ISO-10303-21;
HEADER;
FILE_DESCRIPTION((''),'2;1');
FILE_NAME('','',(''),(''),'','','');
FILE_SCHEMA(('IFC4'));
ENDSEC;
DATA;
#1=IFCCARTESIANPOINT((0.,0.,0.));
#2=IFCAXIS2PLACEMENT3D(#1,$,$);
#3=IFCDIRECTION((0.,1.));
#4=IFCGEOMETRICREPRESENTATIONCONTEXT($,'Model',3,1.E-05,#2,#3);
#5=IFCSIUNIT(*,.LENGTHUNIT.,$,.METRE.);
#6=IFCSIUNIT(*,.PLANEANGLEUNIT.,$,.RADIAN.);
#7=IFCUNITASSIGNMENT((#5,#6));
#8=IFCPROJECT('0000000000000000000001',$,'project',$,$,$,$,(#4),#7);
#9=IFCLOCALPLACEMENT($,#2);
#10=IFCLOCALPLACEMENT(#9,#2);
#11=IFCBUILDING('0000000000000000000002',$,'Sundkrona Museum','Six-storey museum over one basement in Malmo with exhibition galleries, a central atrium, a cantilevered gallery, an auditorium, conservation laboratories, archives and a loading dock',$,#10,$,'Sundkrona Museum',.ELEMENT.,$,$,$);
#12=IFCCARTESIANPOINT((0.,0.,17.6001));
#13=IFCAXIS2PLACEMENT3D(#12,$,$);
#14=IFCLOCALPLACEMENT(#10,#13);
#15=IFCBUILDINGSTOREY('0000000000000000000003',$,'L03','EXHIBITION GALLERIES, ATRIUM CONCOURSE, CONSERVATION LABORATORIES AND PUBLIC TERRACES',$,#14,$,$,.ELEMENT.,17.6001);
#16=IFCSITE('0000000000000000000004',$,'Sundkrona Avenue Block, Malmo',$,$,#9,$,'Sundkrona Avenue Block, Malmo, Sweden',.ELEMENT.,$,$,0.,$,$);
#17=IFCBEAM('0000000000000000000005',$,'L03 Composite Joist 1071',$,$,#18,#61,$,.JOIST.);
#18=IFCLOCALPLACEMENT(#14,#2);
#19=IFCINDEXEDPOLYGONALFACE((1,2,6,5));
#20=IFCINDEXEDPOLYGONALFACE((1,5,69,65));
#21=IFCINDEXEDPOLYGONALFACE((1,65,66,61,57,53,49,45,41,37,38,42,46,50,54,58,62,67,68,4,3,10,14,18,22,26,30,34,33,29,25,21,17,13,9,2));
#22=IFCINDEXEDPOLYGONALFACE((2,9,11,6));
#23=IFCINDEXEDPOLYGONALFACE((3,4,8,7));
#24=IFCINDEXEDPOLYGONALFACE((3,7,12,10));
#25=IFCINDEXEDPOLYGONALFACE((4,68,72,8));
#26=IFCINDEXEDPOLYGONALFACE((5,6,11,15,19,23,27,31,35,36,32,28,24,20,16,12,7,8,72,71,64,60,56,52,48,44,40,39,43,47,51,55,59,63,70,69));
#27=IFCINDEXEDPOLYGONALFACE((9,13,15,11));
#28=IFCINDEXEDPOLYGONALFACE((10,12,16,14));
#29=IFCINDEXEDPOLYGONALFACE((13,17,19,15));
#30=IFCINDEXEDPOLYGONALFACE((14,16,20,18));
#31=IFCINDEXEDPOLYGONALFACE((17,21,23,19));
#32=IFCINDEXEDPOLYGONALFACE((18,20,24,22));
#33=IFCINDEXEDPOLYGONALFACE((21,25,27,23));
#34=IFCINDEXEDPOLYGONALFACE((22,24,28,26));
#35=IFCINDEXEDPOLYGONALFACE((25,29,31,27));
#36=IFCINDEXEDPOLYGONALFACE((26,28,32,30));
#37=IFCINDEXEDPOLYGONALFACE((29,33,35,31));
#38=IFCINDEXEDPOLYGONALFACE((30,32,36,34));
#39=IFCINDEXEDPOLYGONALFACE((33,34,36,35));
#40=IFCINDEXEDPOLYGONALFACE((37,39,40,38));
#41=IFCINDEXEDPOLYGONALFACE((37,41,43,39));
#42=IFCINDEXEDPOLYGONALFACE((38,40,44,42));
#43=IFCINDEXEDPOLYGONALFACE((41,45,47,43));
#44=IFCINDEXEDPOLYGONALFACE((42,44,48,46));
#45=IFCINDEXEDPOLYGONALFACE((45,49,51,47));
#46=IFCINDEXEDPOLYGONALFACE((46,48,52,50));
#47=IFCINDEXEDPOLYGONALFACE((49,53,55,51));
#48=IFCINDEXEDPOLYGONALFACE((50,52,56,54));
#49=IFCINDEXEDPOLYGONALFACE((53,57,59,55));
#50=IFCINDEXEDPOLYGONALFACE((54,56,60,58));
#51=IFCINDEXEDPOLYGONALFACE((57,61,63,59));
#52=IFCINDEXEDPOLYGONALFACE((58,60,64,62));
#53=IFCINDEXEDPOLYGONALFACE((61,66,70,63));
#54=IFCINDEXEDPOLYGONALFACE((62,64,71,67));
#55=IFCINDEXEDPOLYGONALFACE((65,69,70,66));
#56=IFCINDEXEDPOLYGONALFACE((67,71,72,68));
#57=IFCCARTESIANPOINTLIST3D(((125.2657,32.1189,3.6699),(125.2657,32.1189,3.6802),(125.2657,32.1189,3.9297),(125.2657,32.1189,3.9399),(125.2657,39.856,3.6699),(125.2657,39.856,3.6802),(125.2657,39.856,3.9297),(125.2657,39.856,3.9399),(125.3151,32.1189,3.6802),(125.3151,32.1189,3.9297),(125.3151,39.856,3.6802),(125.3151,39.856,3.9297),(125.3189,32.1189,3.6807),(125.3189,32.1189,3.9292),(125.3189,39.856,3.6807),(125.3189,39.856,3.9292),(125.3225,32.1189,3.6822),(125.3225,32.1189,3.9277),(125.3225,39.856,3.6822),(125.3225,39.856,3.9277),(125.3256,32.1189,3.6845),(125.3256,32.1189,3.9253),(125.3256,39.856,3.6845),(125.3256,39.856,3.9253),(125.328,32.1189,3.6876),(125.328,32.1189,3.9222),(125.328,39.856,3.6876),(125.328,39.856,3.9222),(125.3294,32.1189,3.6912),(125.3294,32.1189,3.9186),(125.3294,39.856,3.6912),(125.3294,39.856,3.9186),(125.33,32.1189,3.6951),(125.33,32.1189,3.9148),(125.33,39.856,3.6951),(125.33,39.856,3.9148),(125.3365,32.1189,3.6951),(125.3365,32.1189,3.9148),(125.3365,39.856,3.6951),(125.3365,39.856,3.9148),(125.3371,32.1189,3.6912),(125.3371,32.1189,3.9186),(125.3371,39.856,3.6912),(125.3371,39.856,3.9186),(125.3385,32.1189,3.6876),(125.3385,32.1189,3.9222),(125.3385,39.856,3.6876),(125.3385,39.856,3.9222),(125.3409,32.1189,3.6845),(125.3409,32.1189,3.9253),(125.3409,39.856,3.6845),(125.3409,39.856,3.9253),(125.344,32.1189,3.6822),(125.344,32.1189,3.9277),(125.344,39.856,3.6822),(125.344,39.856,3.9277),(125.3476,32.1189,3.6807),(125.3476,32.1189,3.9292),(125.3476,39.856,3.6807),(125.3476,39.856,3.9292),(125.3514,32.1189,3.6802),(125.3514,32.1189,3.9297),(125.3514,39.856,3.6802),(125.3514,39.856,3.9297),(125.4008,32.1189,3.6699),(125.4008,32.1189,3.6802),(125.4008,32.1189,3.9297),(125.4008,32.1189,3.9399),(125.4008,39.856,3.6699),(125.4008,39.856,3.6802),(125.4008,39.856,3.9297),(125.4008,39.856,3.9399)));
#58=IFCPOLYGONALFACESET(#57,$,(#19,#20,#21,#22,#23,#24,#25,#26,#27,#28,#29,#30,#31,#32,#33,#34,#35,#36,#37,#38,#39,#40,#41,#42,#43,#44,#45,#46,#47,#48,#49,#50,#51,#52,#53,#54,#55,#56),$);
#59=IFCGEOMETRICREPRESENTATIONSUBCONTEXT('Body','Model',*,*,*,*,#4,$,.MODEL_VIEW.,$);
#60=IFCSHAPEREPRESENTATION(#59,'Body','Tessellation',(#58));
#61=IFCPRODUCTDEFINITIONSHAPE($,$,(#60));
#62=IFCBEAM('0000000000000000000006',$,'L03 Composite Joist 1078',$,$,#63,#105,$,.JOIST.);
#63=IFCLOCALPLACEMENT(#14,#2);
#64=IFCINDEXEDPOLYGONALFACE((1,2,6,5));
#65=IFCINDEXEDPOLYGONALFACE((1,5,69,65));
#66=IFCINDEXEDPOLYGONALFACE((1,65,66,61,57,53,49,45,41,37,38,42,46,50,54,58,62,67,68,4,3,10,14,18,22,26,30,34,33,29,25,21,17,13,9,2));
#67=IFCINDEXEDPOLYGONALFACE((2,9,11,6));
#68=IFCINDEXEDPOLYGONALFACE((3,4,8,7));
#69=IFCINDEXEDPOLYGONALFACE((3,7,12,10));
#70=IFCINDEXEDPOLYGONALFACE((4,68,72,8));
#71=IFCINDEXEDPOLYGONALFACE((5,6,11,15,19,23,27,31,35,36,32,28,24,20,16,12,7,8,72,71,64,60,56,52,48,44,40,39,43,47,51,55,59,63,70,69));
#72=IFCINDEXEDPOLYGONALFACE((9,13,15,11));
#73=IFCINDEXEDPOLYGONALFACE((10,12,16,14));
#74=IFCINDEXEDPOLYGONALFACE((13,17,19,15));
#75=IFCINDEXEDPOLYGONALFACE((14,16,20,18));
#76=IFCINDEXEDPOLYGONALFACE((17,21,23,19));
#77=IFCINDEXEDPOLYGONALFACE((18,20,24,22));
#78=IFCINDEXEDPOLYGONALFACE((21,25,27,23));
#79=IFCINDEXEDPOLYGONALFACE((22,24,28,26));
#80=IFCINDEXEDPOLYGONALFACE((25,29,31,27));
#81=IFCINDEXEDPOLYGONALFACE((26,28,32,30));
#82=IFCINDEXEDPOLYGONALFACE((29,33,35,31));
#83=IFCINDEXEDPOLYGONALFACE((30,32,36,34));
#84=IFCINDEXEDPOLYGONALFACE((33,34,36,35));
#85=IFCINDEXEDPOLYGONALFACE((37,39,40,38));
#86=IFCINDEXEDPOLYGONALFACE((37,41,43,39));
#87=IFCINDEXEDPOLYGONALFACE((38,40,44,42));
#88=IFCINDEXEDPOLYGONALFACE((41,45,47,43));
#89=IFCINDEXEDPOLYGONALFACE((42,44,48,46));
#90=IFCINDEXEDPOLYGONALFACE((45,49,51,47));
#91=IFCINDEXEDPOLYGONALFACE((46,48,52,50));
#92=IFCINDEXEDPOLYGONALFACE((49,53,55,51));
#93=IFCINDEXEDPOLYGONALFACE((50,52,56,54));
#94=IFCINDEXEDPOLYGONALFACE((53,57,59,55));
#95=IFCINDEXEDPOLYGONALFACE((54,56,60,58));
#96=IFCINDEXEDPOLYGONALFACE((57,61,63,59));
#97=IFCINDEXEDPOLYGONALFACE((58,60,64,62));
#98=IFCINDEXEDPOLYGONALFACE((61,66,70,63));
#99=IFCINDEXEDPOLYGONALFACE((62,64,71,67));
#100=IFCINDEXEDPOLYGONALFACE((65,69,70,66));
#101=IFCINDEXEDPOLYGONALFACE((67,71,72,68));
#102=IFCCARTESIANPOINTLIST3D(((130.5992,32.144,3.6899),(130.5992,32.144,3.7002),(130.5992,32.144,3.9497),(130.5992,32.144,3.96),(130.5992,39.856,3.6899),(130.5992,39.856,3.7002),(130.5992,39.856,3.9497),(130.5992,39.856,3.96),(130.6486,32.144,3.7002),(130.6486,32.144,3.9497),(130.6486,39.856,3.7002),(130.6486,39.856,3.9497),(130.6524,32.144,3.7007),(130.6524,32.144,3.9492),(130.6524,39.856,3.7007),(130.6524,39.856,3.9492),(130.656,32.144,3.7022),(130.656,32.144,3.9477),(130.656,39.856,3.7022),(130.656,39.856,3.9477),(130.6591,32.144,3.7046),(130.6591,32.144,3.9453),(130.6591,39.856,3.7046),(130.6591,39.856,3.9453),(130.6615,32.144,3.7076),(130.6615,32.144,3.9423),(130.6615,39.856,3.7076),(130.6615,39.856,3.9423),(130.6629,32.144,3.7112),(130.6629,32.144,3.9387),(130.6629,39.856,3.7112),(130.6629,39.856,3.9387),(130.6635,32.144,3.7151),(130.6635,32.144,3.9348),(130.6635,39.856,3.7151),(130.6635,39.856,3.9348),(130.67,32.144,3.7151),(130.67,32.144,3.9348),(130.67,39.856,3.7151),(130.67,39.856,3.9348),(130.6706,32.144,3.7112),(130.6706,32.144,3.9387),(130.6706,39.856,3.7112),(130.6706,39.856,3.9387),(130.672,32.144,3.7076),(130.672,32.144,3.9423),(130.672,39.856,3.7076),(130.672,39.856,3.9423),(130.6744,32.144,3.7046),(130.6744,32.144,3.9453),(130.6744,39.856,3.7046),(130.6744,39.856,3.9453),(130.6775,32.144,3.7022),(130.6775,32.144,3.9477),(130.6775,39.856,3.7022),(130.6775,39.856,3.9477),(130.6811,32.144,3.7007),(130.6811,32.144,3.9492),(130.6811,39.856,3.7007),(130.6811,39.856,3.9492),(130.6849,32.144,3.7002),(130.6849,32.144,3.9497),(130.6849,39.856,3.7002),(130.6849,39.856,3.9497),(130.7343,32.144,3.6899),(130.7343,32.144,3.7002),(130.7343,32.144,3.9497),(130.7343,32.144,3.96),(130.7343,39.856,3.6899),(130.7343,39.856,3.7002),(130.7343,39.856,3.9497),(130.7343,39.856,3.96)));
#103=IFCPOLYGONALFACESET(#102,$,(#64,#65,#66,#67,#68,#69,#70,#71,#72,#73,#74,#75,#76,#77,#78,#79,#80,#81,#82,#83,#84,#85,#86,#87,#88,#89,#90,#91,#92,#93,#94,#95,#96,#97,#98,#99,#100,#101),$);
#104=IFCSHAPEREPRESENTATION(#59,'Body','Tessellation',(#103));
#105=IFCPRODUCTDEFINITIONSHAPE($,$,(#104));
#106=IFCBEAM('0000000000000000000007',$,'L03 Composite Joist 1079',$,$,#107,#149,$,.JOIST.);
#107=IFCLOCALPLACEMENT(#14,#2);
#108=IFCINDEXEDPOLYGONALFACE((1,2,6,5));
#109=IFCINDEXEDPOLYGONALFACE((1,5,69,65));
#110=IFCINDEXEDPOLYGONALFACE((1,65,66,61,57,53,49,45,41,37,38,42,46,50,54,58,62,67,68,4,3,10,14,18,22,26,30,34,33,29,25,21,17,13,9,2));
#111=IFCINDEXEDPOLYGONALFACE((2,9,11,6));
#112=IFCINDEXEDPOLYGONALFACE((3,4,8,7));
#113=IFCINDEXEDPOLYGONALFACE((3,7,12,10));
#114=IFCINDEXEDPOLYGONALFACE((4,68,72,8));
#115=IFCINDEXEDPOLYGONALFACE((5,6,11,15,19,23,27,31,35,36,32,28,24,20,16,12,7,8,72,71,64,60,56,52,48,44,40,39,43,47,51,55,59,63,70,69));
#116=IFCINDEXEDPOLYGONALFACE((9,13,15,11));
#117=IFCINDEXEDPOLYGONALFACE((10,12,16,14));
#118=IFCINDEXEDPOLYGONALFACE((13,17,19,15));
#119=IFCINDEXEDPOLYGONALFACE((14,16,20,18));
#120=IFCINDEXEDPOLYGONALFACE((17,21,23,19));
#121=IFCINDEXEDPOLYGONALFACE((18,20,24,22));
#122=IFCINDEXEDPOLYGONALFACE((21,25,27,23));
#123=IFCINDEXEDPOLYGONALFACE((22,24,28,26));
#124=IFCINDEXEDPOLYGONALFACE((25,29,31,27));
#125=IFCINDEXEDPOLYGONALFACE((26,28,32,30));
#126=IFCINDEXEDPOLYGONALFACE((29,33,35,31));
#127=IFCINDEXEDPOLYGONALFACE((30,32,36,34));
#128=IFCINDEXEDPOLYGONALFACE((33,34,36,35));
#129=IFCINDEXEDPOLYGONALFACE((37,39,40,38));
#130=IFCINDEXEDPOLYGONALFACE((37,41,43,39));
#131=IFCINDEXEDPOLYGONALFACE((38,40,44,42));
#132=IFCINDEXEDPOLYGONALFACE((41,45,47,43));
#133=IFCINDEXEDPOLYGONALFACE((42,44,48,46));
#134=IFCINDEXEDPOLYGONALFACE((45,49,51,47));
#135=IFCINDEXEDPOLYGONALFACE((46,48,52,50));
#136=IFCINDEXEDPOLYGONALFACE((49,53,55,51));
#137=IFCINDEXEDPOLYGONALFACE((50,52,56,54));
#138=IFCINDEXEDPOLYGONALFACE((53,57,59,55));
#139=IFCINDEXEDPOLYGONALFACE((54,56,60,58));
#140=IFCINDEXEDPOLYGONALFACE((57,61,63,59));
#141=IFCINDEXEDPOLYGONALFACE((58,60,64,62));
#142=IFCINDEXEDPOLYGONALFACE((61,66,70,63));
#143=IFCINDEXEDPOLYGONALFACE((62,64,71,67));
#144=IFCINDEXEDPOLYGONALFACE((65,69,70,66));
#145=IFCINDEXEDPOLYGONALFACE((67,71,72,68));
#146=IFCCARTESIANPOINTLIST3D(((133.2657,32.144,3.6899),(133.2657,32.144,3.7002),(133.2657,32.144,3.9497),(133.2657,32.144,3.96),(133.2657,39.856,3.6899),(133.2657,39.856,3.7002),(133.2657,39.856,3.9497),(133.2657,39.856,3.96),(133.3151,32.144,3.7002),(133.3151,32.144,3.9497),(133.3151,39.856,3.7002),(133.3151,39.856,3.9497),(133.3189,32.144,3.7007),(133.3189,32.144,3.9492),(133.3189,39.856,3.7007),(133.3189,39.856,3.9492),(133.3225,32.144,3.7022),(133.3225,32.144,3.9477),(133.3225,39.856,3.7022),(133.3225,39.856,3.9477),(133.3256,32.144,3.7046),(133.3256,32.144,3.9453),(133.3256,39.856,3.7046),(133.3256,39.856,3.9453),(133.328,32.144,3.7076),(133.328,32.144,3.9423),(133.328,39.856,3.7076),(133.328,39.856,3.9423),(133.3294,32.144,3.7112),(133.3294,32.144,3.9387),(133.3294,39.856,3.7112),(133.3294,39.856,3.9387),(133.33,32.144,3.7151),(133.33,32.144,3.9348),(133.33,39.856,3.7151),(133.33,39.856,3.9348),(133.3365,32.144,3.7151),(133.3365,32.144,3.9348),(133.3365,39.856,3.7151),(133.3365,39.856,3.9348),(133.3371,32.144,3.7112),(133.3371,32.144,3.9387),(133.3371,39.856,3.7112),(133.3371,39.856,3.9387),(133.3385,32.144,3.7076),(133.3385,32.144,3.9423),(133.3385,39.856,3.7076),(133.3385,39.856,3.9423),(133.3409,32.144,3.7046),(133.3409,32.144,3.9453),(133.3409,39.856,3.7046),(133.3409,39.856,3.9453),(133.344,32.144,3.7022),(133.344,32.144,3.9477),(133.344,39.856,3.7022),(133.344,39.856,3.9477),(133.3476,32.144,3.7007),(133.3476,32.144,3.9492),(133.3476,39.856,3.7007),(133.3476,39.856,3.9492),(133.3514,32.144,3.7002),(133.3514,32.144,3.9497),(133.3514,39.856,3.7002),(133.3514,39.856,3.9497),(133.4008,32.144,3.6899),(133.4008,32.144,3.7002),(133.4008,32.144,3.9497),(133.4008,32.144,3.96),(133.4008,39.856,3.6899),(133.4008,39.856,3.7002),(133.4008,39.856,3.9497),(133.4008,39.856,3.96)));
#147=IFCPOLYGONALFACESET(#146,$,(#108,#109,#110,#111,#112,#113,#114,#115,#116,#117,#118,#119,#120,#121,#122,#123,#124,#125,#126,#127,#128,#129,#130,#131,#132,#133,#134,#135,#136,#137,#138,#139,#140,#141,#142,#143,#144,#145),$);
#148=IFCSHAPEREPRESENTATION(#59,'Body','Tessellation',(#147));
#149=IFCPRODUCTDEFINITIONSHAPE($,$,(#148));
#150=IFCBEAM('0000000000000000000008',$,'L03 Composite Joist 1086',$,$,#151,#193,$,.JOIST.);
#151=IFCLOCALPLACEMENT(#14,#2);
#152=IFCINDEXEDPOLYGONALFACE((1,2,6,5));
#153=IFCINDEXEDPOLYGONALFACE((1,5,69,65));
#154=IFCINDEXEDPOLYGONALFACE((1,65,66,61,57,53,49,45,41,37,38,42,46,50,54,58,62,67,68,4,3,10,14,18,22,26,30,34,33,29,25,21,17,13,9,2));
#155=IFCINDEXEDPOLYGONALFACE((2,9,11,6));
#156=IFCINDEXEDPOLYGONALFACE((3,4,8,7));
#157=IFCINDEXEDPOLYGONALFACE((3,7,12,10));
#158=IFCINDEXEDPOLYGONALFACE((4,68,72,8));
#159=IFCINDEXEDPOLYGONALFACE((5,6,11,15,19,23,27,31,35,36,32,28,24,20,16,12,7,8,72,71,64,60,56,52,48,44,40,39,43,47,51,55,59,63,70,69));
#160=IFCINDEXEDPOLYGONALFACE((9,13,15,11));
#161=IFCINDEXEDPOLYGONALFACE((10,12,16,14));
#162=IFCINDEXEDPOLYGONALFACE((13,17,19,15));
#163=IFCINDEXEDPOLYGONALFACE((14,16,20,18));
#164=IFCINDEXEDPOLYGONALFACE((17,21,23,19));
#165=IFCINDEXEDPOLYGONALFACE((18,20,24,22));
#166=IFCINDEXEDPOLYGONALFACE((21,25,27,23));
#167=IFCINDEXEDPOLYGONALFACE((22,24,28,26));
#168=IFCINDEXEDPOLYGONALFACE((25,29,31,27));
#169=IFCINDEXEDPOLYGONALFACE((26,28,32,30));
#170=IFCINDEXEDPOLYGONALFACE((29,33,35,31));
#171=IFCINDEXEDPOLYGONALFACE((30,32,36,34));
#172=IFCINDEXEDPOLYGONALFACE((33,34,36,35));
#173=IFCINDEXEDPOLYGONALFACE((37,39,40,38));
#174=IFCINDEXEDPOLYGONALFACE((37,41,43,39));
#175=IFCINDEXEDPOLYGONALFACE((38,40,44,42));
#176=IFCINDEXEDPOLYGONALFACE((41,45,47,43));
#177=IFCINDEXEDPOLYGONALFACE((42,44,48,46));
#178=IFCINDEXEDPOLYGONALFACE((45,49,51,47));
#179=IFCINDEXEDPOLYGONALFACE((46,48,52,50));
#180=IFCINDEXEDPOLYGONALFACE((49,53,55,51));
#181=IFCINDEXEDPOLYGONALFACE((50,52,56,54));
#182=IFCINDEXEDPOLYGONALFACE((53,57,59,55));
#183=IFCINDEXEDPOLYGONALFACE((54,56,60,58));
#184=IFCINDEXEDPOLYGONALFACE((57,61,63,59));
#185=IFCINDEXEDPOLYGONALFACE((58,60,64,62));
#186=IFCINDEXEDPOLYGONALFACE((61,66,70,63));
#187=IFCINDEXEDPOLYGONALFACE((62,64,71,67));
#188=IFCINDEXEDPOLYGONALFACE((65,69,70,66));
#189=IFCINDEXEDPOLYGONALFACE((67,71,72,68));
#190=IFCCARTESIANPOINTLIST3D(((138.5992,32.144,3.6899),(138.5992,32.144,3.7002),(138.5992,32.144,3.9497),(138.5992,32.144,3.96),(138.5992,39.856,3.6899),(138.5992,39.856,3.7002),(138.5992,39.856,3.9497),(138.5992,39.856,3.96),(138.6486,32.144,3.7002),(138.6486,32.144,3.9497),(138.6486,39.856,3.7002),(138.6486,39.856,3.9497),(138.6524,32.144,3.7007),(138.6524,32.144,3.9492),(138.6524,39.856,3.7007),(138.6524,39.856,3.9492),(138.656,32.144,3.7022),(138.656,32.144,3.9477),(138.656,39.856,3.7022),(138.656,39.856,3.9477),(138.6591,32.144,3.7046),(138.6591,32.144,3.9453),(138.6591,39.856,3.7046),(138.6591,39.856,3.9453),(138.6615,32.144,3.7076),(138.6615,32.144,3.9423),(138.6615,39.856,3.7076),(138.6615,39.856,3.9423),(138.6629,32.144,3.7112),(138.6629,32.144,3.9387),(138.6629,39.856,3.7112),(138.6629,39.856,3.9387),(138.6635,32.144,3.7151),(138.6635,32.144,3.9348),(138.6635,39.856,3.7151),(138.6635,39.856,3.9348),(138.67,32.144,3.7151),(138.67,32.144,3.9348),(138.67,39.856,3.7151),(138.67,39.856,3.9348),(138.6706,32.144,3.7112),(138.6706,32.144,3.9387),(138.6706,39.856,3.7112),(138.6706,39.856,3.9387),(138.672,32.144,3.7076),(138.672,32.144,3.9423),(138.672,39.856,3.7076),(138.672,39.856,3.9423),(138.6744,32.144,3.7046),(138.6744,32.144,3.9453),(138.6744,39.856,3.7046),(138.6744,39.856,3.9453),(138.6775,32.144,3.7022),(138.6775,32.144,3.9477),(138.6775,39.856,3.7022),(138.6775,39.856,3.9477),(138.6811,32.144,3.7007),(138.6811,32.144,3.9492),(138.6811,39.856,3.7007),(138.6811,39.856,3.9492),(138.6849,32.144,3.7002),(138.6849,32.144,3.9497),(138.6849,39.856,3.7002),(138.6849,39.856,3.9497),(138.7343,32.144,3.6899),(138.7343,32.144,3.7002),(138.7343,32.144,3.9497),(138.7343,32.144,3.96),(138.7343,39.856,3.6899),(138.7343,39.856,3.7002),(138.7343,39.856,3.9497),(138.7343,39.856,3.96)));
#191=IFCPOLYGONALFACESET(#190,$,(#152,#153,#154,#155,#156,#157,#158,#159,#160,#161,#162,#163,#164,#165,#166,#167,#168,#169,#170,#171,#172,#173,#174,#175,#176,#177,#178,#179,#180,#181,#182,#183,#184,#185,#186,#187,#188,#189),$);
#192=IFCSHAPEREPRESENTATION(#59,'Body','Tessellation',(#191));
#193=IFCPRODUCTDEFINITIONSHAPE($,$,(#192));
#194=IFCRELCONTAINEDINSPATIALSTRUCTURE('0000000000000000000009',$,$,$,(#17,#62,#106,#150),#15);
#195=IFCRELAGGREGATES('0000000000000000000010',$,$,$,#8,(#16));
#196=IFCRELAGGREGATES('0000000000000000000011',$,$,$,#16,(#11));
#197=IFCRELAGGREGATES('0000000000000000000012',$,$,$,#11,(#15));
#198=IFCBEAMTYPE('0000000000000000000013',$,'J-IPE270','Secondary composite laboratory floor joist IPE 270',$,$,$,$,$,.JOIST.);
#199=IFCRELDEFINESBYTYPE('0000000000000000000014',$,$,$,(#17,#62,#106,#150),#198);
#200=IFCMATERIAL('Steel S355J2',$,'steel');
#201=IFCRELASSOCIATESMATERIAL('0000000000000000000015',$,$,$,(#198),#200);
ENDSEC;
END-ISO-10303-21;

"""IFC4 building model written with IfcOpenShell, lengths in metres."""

from ifc_helpers import new_model, si_unit, direction, frame, origin, origin_2d, place, context, subcontext, project, spatial, i_section, extrude, material, material_profile, profile_set, type_object, element, save


model = new_model("IFC4")

# Units and contexts
model_context = context("Model", 3, precision=1e-05, world=origin(), true_north=direction((0.0, 1.0)))
body_context = subcontext(model_context, "Body", "Model", "MODEL_VIEW")
ifc_project = project(units=[si_unit("LENGTHUNIT", "METRE"), si_unit("PLANEANGLEUNIT", "RADIAN")], contexts=[model_context])

# Site, building, storey
site_placement = place(None, origin())
site = spatial("IfcSite", under=ifc_project, at=site_placement, Name="Sundkrona Avenue Block, Malmo", LongName="Sundkrona Avenue Block, Malmo, Sweden", CompositionType="ELEMENT", RefElevation=0.0)
building_placement = place(site_placement, origin())
building = spatial("IfcBuilding", under=site, at=building_placement, Name="Sundkrona Museum", Description="Six-storey museum over one basement in Malmo with exhibition galleries, a central atrium, a cantilevered gallery, an auditorium, conservation laboratories, archives and a loading dock", LongName="Sundkrona Museum", CompositionType="ELEMENT")
storey_placement = place(building_placement, frame((0.0, 0.0, 17.6001)))
storey = spatial("IfcBuildingStorey", under=building, at=storey_placement, Name="L03", Description="EXHIBITION GALLERIES, ATRIUM CONCOURSE, CONSERVATION LABORATORIES AND PUBLIC TERRACES", CompositionType="ELEMENT", Elevation=17.6001)

# Shared definitions
ifc_material_1 = material(Name="Steel S355J2", Category="steel")

# Beams
ifc_material_profile_1 = material_profile(ifc_material_1, i_section(OverallWidth=0.135, OverallDepth=0.27, WebThickness=0.0066, FlangeThickness=0.0103, FilletRadius=0.0149, at=origin_2d()), Name="IPE 270")
ifc_profile_set_1 = profile_set([ifc_material_profile_1], Name="Steel S355J2")
beam_type_1 = type_object("IfcBeamType", Name="J-IPE270", Description="Secondary composite laboratory floor joist IPE 270", PredefinedType="JOIST", material=ifc_profile_set_1)
beam_1_placement = place(storey_placement, frame((125.3333, 32.1189, 3.8049), z_axis=(0.0, 1.0, 0.0), x_axis=(-1.0, 0.0, 0.0)))
element("IfcBeam", 1, at=beam_1_placement, inside=storey, type_object=beam_type_1, Name="L03 Composite Joist 1071", PredefinedType="JOIST", context=body_context, shape_type="SweptSolid", body=[
    extrude(i_section(OverallWidth=0.135, OverallDepth=0.27, WebThickness=0.0066, FlangeThickness=0.0103, FilletRadius=0.0149, at=origin_2d()), origin(), (0.0, 0.0, 1.0), 7.7371),
])
for number, where, z_axis, x_axis, name in (
    (2, (130.6667, 32.144, 3.825), (0.0, 1.0, 0.0), (-1.0, 0.0, 0.0), "L03 Composite Joist 1078"),
    (3, (133.3333, 32.144, 3.825), (0.0, 1.0, 0.0), (-1.0, 0.0, 0.0), "L03 Composite Joist 1079"),
    (4, (138.6667, 32.144, 3.825), (0.0, 1.0, 0.0), (-1.0, 0.0, 0.0), "L03 Composite Joist 1086"),
):
    element("IfcBeam", number, at=place(storey_placement, frame(where, z_axis=z_axis, x_axis=x_axis)), inside=storey, type_object=beam_type_1, Name=name, PredefinedType="JOIST", context=body_context, shape_type="SweptSolid", body=[
        extrude(i_section(OverallWidth=0.135, OverallDepth=0.27, WebThickness=0.0066, FlangeThickness=0.0103, FilletRadius=0.0149, at=origin_2d()), origin(), (0.0, 0.0, 1.0), 7.7119),
    ])

save(model, "model.ifc")
